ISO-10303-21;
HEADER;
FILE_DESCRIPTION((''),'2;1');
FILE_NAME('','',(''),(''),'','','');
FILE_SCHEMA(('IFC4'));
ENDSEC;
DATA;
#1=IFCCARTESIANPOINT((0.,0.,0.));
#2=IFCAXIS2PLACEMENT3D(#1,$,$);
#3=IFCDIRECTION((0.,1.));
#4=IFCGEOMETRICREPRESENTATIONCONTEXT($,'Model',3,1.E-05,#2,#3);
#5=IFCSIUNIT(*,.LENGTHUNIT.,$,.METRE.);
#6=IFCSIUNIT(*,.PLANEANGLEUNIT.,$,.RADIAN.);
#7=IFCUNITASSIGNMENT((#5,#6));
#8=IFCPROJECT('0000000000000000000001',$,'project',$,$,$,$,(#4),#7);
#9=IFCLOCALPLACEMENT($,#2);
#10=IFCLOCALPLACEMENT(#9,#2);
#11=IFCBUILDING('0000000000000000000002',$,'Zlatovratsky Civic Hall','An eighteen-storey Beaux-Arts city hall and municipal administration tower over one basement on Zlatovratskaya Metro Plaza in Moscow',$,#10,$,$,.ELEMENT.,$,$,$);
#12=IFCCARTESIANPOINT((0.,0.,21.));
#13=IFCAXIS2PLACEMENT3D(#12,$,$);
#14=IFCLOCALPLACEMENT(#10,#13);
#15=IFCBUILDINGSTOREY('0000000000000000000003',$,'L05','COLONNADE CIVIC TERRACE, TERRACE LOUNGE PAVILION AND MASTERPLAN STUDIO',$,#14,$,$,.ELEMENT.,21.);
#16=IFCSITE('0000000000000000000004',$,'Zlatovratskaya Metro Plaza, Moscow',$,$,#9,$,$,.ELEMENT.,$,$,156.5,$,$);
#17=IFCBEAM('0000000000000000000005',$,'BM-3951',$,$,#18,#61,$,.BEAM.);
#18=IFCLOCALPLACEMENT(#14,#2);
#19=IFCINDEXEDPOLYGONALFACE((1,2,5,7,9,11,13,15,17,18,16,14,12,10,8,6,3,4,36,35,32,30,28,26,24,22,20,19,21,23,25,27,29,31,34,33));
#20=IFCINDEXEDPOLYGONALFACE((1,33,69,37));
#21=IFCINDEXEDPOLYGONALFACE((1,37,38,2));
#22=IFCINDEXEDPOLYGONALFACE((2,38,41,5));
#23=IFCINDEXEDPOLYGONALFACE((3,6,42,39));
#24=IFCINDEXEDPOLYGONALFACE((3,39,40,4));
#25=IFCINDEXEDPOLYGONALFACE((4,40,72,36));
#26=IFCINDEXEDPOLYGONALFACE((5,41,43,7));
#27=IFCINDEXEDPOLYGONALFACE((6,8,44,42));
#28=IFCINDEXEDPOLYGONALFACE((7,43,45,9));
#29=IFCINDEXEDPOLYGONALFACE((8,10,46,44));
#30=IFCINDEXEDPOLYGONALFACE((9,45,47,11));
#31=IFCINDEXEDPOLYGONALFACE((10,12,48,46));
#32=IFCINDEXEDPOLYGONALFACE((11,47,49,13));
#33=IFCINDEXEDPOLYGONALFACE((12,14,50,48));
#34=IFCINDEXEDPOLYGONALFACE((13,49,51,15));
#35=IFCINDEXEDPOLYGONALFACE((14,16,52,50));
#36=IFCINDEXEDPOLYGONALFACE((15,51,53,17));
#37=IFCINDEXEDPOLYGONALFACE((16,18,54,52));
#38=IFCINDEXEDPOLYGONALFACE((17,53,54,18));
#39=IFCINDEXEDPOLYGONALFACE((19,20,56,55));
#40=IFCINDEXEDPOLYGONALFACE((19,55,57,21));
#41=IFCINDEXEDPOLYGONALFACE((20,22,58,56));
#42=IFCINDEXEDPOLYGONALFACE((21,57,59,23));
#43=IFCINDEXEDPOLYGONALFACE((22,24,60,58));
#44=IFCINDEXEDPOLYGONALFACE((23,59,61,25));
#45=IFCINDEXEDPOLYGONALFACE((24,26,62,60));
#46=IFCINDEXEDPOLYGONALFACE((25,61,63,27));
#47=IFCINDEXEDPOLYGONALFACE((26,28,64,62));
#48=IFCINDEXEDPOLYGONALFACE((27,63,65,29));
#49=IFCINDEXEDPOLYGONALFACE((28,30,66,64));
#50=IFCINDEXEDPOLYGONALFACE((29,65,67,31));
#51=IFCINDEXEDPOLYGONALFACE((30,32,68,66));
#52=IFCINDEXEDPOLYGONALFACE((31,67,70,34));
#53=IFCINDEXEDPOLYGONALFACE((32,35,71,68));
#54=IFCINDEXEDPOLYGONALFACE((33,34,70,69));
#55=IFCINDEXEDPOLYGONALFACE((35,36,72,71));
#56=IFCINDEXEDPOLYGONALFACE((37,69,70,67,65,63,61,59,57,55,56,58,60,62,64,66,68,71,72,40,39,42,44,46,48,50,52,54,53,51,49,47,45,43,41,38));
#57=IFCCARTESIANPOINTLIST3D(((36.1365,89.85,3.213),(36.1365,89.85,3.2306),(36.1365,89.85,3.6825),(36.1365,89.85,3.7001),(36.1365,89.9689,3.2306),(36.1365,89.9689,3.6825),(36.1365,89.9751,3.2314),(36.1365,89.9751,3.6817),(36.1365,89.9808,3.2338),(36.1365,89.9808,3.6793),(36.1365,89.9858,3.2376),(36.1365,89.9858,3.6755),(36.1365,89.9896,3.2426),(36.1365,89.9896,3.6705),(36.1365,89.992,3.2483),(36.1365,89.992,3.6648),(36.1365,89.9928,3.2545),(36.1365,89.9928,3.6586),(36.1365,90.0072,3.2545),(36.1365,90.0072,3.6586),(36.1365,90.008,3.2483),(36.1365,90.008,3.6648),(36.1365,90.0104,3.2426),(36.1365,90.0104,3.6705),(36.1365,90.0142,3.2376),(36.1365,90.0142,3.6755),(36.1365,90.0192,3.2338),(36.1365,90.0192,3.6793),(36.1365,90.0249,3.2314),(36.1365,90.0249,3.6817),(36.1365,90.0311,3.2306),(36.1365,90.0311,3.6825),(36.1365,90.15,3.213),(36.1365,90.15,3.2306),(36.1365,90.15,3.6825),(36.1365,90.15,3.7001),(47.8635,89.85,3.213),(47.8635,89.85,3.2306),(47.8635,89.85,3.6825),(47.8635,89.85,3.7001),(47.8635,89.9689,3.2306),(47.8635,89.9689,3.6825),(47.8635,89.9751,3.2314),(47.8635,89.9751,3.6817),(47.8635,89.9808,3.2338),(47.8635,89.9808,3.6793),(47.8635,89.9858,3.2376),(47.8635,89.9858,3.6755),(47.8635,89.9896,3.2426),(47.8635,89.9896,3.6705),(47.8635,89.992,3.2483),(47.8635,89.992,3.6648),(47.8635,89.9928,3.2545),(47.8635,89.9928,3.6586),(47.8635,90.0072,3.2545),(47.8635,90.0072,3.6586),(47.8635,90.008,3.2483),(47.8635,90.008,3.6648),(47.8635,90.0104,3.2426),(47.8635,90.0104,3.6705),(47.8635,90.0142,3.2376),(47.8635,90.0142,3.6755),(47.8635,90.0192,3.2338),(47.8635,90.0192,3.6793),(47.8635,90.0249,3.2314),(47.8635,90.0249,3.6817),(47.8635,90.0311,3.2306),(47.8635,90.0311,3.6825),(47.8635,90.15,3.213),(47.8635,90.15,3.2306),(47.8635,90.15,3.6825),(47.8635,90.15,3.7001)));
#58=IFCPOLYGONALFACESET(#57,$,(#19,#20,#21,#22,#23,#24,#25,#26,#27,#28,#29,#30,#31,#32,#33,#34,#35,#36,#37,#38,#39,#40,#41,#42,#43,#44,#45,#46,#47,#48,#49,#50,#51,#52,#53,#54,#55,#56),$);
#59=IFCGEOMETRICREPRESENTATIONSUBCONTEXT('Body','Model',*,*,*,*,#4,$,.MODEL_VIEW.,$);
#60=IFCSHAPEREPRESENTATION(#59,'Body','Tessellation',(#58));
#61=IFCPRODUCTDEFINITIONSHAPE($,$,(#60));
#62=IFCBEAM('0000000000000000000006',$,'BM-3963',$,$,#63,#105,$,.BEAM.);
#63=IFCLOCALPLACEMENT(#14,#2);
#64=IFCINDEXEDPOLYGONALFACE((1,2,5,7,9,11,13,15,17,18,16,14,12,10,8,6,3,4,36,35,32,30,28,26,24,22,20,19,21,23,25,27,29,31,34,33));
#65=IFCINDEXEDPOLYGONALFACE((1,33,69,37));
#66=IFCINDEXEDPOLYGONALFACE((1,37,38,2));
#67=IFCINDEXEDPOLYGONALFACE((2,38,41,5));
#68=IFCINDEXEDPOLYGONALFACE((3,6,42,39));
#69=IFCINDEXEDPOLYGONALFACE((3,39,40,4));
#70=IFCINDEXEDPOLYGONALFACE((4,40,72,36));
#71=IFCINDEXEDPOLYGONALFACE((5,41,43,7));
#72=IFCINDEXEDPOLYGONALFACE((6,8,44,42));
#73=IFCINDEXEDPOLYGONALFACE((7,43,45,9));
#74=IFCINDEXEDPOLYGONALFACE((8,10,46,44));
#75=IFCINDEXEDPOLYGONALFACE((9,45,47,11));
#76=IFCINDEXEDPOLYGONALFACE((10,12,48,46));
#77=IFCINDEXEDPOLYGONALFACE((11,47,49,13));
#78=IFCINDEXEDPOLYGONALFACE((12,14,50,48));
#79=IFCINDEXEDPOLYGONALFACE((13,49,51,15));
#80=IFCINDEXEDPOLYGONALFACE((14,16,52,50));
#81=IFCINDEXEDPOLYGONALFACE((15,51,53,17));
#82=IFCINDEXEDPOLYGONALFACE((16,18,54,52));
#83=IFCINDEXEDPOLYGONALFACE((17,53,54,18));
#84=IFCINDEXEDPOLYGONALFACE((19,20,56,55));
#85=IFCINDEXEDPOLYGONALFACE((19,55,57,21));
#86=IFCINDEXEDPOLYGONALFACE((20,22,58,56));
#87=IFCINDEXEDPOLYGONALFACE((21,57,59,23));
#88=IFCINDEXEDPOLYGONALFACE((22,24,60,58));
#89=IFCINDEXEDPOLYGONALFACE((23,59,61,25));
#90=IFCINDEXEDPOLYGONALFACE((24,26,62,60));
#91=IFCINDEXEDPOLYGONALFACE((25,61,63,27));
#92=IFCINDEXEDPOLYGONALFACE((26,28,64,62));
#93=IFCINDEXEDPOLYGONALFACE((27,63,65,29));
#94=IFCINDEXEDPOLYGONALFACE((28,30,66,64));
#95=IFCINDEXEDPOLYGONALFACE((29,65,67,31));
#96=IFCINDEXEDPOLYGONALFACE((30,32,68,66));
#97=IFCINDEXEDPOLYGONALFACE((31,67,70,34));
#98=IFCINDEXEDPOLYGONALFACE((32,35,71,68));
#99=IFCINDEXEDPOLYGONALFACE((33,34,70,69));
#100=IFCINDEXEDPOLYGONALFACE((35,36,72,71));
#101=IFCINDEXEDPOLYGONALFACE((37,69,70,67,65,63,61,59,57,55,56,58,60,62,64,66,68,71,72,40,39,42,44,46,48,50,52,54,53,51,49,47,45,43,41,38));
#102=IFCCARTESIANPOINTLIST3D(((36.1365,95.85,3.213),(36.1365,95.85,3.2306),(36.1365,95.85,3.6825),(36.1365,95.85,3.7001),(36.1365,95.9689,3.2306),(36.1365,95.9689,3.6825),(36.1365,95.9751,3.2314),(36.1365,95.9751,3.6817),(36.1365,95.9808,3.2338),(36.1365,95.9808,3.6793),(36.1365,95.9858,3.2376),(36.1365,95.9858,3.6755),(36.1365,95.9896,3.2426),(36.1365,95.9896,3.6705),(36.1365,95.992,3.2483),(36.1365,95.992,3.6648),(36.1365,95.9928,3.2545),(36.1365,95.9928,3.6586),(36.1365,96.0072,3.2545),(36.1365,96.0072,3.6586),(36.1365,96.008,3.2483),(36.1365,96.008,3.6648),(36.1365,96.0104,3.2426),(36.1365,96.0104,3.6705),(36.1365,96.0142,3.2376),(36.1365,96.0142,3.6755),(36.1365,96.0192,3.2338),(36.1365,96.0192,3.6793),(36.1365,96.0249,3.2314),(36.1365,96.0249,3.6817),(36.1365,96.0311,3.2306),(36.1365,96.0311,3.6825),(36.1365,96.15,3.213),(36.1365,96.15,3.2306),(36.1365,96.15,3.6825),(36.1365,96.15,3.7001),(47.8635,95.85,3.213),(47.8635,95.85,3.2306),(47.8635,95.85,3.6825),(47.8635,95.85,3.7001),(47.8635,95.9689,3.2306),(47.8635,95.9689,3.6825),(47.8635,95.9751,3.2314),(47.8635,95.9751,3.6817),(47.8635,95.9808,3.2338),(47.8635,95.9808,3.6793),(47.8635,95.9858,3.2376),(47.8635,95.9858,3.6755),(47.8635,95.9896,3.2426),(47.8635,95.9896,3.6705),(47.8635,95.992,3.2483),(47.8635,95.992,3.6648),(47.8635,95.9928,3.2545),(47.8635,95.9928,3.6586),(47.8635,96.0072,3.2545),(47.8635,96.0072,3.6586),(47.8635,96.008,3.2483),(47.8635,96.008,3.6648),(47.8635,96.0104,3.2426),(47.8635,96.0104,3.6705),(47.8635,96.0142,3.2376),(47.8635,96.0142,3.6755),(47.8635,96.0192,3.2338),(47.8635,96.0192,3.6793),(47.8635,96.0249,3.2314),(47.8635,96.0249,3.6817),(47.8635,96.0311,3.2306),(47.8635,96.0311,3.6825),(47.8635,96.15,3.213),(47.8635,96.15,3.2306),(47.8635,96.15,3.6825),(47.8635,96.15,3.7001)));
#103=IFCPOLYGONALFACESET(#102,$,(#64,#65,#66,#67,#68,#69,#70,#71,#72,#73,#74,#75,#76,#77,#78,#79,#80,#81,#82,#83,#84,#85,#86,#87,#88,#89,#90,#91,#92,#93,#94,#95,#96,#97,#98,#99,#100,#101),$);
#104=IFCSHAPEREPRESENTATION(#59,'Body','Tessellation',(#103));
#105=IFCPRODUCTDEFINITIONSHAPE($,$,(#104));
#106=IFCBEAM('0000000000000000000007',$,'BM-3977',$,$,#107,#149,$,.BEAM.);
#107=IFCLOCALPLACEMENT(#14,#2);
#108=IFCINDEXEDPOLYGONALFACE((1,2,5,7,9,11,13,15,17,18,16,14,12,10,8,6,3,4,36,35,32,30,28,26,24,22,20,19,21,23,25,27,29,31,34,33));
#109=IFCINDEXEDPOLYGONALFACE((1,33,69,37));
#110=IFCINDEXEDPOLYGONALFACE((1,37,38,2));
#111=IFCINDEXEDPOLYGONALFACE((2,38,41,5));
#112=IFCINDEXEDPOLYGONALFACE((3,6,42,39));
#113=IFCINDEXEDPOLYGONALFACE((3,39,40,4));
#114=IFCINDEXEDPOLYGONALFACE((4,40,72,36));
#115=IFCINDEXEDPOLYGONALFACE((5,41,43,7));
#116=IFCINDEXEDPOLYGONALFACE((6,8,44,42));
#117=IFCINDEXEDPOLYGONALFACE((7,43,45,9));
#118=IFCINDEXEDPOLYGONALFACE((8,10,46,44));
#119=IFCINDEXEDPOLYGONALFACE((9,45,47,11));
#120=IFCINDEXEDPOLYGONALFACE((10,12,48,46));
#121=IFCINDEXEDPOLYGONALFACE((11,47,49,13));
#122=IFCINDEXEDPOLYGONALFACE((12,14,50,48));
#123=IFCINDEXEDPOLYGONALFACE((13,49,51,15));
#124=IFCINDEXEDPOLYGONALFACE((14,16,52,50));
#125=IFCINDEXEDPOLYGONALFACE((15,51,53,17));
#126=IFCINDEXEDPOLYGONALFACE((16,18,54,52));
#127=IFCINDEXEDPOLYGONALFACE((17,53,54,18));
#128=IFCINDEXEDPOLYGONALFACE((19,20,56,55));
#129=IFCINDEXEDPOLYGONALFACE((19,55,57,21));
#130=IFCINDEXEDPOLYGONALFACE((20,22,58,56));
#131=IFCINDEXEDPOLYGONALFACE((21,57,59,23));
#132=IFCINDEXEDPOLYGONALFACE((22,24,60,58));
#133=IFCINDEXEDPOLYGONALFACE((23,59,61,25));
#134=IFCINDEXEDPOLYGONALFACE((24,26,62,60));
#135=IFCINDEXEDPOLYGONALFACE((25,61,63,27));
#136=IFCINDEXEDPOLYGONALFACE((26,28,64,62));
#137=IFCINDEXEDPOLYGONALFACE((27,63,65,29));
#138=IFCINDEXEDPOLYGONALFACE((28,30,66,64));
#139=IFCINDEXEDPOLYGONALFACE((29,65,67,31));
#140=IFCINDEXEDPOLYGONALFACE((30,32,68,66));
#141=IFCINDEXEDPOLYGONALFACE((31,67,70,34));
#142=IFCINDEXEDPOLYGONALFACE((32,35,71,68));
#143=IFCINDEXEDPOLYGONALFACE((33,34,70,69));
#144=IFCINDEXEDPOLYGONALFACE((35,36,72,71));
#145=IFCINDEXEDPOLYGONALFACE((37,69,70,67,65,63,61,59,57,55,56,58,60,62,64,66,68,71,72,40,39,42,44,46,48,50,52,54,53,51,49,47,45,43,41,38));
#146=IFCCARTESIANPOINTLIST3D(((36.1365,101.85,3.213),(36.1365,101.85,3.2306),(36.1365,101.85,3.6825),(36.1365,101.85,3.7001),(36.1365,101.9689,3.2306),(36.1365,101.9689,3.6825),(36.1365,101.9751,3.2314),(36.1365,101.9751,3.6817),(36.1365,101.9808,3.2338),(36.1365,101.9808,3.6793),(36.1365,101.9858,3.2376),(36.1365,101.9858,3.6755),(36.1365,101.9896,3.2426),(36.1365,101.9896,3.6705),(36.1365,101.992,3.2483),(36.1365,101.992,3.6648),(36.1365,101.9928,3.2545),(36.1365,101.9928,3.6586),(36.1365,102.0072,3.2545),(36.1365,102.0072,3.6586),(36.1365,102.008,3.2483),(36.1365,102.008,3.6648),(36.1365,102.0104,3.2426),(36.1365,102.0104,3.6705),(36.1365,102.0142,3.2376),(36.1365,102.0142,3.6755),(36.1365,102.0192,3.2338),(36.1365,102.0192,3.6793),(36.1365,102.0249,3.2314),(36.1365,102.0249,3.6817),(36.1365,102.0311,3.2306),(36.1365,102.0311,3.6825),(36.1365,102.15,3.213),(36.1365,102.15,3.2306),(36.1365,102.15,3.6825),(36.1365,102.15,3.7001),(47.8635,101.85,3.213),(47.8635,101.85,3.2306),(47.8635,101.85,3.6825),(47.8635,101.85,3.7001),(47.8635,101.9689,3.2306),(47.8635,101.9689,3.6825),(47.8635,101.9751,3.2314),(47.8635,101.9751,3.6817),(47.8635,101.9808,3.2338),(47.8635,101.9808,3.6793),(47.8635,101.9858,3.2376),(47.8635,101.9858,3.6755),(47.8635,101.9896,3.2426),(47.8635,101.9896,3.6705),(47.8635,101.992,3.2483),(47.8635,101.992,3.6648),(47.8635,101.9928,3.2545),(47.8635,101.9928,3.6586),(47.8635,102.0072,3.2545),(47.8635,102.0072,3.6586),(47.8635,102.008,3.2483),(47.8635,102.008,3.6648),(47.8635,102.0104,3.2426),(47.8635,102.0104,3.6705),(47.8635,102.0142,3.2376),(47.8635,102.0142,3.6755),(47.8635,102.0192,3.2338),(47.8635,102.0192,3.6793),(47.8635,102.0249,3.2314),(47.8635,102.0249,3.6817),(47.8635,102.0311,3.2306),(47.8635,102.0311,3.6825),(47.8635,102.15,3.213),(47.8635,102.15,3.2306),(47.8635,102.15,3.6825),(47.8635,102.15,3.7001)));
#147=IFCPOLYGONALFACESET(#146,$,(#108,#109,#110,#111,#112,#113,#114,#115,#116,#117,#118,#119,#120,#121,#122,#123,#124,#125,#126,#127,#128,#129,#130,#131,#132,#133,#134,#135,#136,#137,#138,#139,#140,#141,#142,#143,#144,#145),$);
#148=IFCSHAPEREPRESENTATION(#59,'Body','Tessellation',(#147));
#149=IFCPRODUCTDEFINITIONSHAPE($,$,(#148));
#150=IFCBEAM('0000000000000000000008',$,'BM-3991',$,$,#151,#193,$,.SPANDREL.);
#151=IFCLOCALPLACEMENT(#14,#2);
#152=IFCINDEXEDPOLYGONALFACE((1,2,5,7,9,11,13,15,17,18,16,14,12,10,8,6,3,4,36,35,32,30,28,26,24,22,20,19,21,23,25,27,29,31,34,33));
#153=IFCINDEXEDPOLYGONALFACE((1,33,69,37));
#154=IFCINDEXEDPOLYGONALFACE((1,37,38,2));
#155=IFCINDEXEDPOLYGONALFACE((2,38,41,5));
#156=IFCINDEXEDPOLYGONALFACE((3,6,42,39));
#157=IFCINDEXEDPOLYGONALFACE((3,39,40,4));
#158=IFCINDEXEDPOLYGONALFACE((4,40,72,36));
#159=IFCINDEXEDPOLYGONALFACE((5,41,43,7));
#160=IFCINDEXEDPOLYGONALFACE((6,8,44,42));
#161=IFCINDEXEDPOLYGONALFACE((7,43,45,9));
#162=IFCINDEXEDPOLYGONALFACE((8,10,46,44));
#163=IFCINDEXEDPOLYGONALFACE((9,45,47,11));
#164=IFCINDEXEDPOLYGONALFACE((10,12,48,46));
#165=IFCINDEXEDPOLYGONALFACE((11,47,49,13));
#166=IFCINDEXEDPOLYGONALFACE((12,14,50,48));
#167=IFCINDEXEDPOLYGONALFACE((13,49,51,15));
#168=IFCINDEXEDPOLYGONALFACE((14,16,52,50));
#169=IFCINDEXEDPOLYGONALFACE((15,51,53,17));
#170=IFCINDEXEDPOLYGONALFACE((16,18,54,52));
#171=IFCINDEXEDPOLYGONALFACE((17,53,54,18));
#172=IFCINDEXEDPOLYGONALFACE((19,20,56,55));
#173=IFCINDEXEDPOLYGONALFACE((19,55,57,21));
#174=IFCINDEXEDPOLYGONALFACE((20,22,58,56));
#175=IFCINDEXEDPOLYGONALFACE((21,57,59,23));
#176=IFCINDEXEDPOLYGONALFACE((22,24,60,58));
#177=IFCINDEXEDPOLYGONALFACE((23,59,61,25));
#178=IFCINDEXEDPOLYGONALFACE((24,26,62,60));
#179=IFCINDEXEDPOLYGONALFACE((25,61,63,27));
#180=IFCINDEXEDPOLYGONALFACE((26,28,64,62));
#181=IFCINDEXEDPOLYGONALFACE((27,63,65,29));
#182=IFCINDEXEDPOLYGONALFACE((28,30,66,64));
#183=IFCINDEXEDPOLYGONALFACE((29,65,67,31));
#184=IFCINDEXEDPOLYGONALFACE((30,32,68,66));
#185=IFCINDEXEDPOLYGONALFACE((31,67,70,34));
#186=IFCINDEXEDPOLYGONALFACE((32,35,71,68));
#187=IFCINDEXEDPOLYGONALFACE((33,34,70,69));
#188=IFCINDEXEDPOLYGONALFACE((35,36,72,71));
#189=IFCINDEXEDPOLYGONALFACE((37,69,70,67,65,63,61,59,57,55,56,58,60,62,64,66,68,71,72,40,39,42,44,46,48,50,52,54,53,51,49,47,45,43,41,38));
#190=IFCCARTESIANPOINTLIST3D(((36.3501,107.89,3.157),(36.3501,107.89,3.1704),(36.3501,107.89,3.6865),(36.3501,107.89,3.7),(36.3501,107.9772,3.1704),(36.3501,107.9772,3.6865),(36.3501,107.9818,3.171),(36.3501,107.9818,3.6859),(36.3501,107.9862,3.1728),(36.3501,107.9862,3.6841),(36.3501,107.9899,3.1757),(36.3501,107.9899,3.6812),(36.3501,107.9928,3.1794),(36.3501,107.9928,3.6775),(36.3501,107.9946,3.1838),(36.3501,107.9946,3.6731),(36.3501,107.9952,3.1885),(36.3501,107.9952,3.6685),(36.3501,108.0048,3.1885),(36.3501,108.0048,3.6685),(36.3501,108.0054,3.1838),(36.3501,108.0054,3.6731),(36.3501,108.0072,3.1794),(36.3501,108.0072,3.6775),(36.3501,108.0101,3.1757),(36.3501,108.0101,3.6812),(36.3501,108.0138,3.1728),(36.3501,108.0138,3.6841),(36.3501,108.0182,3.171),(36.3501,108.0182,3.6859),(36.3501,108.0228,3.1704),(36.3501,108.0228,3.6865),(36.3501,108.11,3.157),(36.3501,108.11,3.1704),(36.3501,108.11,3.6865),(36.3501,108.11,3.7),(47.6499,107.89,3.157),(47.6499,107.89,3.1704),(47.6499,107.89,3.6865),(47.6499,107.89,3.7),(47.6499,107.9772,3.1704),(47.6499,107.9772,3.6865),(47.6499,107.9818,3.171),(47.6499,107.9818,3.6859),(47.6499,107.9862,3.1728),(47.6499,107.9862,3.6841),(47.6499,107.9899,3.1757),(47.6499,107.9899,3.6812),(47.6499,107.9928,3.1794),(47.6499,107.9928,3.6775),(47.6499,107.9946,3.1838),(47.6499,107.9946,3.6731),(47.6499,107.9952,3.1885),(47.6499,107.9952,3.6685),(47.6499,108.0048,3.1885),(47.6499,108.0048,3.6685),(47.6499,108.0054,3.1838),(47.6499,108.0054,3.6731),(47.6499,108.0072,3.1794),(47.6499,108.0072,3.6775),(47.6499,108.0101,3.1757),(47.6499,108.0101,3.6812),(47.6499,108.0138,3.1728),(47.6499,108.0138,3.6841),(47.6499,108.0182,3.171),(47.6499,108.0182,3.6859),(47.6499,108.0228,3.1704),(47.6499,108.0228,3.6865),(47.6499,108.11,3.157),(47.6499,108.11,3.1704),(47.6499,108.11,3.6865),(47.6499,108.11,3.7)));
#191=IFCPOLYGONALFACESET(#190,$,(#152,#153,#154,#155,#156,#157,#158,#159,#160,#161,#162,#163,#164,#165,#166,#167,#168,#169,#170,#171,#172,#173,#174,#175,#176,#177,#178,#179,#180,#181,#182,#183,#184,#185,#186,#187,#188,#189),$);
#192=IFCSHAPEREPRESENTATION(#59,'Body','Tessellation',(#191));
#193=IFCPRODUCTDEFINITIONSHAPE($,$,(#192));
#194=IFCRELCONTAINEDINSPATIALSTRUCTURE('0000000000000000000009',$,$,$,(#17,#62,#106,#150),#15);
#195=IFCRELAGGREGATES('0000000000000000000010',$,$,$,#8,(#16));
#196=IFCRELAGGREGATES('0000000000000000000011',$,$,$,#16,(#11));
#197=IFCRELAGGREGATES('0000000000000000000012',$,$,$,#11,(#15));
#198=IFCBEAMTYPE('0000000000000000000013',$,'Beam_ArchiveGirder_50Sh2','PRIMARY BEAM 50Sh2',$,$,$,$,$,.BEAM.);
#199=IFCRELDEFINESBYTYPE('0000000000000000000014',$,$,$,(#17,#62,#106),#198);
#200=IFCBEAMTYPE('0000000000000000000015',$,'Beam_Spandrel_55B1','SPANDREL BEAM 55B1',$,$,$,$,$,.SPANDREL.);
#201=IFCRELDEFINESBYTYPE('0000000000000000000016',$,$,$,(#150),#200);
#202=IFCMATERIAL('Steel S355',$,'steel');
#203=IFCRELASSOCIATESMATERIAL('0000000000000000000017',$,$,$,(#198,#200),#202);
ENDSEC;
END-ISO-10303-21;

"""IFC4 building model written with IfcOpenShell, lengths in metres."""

from ifc_helpers import new_model, si_unit, direction, frame, origin, origin_2d, place, context, subcontext, project, spatial, i_section, extrude, material, material_profile, profile_set, type_object, element, save


model = new_model("IFC4")

# Units and contexts
model_context = context("Model", 3, precision=1e-05, world=origin(), true_north=direction((0.0, 1.0)))
body_context = subcontext(model_context, "Body", "Model", "MODEL_VIEW")
ifc_project = project(units=[si_unit("LENGTHUNIT", "METRE"), si_unit("PLANEANGLEUNIT", "RADIAN")], contexts=[model_context])

# Site, building, storey
site_placement = place(None, origin())
site = spatial("IfcSite", under=ifc_project, at=site_placement, Name="Zlatovratskaya Metro Plaza, Moscow", CompositionType="ELEMENT", RefElevation=156.5)
building_placement = place(site_placement, origin())
building = spatial("IfcBuilding", under=site, at=building_placement, Name="Zlatovratsky Civic Hall", Description="An eighteen-storey Beaux-Arts city hall and municipal administration tower over one basement on Zlatovratskaya Metro Plaza in Moscow", CompositionType="ELEMENT")
storey_placement = place(building_placement, frame((0.0, 0.0, 21.0)))
storey = spatial("IfcBuildingStorey", under=building, at=storey_placement, Name="L05", Description="COLONNADE CIVIC TERRACE, TERRACE LOUNGE PAVILION AND MASTERPLAN STUDIO", CompositionType="ELEMENT", Elevation=21.0)

# Shared definitions
ifc_material_1 = material(Name="Steel S355", Category="steel")

# Beams
ifc_material_profile_1 = material_profile(ifc_material_1, i_section(OverallWidth=0.3, OverallDepth=0.4871, WebThickness=0.0144, FlangeThickness=0.0176, FilletRadius=0.0239, at=origin_2d()), Name="50Sh2")
ifc_profile_set_1 = profile_set([ifc_material_profile_1], Name="Steel S355")
beam_type_1 = type_object("IfcBeamType", Name="Beam_ArchiveGirder_50Sh2", Description="PRIMARY BEAM 50Sh2", PredefinedType="BEAM", material=ifc_profile_set_1)
for number, where, z_axis, x_axis, name in (
    (1, (36.1365, 90.0, 3.4565), (1.0, 0.0, 0.0), (0.0, 1.0, 0.0), "BM-3951"),
    (2, (36.1365, 96.0, 3.4565), (1.0, 0.0, 0.0), (0.0, 1.0, 0.0), "BM-3963"),
    (3, (36.1365, 102.0, 3.4565), (1.0, 0.0, 0.0), (0.0, 1.0, 0.0), "BM-3977"),
):
    element("IfcBeam", number, at=place(storey_placement, frame(where, z_axis=z_axis, x_axis=x_axis)), inside=storey, type_object=beam_type_1, Name=name, PredefinedType="BEAM", context=body_context, shape_type="SweptSolid", body=[
        extrude(i_section(OverallWidth=0.3, OverallDepth=0.4871, WebThickness=0.0144, FlangeThickness=0.0176, FilletRadius=0.0239, at=origin_2d()), origin(), (0.0, 0.0, 1.0), 11.7271),
    ])
ifc_material_profile_2 = material_profile(ifc_material_1, i_section(OverallWidth=0.22, OverallDepth=0.543, WebThickness=0.0095, FlangeThickness=0.0134, FilletRadius=0.0181, at=origin_2d()), Name="55B1")
ifc_profile_set_2 = profile_set([ifc_material_profile_2], Name="Steel S355")
beam_type_2 = type_object("IfcBeamType", Name="Beam_Spandrel_55B1", Description="SPANDREL BEAM 55B1", PredefinedType="SPANDREL", material=ifc_profile_set_2)
beam_1_placement = place(storey_placement, frame((36.3501, 108.0, 3.4285), z_axis=(1.0, 0.0, 0.0), x_axis=(0.0, 1.0, 0.0)))
element("IfcBeam", 4, at=beam_1_placement, inside=storey, type_object=beam_type_2, Name="BM-3991", PredefinedType="SPANDREL", context=body_context, shape_type="SweptSolid", body=[
    extrude(i_section(OverallWidth=0.22, OverallDepth=0.543, WebThickness=0.0095, FlangeThickness=0.0134, FilletRadius=0.0181, at=origin_2d()), origin(), (0.0, 0.0, 1.0), 11.2998),
])

save(model, "model.ifc")
